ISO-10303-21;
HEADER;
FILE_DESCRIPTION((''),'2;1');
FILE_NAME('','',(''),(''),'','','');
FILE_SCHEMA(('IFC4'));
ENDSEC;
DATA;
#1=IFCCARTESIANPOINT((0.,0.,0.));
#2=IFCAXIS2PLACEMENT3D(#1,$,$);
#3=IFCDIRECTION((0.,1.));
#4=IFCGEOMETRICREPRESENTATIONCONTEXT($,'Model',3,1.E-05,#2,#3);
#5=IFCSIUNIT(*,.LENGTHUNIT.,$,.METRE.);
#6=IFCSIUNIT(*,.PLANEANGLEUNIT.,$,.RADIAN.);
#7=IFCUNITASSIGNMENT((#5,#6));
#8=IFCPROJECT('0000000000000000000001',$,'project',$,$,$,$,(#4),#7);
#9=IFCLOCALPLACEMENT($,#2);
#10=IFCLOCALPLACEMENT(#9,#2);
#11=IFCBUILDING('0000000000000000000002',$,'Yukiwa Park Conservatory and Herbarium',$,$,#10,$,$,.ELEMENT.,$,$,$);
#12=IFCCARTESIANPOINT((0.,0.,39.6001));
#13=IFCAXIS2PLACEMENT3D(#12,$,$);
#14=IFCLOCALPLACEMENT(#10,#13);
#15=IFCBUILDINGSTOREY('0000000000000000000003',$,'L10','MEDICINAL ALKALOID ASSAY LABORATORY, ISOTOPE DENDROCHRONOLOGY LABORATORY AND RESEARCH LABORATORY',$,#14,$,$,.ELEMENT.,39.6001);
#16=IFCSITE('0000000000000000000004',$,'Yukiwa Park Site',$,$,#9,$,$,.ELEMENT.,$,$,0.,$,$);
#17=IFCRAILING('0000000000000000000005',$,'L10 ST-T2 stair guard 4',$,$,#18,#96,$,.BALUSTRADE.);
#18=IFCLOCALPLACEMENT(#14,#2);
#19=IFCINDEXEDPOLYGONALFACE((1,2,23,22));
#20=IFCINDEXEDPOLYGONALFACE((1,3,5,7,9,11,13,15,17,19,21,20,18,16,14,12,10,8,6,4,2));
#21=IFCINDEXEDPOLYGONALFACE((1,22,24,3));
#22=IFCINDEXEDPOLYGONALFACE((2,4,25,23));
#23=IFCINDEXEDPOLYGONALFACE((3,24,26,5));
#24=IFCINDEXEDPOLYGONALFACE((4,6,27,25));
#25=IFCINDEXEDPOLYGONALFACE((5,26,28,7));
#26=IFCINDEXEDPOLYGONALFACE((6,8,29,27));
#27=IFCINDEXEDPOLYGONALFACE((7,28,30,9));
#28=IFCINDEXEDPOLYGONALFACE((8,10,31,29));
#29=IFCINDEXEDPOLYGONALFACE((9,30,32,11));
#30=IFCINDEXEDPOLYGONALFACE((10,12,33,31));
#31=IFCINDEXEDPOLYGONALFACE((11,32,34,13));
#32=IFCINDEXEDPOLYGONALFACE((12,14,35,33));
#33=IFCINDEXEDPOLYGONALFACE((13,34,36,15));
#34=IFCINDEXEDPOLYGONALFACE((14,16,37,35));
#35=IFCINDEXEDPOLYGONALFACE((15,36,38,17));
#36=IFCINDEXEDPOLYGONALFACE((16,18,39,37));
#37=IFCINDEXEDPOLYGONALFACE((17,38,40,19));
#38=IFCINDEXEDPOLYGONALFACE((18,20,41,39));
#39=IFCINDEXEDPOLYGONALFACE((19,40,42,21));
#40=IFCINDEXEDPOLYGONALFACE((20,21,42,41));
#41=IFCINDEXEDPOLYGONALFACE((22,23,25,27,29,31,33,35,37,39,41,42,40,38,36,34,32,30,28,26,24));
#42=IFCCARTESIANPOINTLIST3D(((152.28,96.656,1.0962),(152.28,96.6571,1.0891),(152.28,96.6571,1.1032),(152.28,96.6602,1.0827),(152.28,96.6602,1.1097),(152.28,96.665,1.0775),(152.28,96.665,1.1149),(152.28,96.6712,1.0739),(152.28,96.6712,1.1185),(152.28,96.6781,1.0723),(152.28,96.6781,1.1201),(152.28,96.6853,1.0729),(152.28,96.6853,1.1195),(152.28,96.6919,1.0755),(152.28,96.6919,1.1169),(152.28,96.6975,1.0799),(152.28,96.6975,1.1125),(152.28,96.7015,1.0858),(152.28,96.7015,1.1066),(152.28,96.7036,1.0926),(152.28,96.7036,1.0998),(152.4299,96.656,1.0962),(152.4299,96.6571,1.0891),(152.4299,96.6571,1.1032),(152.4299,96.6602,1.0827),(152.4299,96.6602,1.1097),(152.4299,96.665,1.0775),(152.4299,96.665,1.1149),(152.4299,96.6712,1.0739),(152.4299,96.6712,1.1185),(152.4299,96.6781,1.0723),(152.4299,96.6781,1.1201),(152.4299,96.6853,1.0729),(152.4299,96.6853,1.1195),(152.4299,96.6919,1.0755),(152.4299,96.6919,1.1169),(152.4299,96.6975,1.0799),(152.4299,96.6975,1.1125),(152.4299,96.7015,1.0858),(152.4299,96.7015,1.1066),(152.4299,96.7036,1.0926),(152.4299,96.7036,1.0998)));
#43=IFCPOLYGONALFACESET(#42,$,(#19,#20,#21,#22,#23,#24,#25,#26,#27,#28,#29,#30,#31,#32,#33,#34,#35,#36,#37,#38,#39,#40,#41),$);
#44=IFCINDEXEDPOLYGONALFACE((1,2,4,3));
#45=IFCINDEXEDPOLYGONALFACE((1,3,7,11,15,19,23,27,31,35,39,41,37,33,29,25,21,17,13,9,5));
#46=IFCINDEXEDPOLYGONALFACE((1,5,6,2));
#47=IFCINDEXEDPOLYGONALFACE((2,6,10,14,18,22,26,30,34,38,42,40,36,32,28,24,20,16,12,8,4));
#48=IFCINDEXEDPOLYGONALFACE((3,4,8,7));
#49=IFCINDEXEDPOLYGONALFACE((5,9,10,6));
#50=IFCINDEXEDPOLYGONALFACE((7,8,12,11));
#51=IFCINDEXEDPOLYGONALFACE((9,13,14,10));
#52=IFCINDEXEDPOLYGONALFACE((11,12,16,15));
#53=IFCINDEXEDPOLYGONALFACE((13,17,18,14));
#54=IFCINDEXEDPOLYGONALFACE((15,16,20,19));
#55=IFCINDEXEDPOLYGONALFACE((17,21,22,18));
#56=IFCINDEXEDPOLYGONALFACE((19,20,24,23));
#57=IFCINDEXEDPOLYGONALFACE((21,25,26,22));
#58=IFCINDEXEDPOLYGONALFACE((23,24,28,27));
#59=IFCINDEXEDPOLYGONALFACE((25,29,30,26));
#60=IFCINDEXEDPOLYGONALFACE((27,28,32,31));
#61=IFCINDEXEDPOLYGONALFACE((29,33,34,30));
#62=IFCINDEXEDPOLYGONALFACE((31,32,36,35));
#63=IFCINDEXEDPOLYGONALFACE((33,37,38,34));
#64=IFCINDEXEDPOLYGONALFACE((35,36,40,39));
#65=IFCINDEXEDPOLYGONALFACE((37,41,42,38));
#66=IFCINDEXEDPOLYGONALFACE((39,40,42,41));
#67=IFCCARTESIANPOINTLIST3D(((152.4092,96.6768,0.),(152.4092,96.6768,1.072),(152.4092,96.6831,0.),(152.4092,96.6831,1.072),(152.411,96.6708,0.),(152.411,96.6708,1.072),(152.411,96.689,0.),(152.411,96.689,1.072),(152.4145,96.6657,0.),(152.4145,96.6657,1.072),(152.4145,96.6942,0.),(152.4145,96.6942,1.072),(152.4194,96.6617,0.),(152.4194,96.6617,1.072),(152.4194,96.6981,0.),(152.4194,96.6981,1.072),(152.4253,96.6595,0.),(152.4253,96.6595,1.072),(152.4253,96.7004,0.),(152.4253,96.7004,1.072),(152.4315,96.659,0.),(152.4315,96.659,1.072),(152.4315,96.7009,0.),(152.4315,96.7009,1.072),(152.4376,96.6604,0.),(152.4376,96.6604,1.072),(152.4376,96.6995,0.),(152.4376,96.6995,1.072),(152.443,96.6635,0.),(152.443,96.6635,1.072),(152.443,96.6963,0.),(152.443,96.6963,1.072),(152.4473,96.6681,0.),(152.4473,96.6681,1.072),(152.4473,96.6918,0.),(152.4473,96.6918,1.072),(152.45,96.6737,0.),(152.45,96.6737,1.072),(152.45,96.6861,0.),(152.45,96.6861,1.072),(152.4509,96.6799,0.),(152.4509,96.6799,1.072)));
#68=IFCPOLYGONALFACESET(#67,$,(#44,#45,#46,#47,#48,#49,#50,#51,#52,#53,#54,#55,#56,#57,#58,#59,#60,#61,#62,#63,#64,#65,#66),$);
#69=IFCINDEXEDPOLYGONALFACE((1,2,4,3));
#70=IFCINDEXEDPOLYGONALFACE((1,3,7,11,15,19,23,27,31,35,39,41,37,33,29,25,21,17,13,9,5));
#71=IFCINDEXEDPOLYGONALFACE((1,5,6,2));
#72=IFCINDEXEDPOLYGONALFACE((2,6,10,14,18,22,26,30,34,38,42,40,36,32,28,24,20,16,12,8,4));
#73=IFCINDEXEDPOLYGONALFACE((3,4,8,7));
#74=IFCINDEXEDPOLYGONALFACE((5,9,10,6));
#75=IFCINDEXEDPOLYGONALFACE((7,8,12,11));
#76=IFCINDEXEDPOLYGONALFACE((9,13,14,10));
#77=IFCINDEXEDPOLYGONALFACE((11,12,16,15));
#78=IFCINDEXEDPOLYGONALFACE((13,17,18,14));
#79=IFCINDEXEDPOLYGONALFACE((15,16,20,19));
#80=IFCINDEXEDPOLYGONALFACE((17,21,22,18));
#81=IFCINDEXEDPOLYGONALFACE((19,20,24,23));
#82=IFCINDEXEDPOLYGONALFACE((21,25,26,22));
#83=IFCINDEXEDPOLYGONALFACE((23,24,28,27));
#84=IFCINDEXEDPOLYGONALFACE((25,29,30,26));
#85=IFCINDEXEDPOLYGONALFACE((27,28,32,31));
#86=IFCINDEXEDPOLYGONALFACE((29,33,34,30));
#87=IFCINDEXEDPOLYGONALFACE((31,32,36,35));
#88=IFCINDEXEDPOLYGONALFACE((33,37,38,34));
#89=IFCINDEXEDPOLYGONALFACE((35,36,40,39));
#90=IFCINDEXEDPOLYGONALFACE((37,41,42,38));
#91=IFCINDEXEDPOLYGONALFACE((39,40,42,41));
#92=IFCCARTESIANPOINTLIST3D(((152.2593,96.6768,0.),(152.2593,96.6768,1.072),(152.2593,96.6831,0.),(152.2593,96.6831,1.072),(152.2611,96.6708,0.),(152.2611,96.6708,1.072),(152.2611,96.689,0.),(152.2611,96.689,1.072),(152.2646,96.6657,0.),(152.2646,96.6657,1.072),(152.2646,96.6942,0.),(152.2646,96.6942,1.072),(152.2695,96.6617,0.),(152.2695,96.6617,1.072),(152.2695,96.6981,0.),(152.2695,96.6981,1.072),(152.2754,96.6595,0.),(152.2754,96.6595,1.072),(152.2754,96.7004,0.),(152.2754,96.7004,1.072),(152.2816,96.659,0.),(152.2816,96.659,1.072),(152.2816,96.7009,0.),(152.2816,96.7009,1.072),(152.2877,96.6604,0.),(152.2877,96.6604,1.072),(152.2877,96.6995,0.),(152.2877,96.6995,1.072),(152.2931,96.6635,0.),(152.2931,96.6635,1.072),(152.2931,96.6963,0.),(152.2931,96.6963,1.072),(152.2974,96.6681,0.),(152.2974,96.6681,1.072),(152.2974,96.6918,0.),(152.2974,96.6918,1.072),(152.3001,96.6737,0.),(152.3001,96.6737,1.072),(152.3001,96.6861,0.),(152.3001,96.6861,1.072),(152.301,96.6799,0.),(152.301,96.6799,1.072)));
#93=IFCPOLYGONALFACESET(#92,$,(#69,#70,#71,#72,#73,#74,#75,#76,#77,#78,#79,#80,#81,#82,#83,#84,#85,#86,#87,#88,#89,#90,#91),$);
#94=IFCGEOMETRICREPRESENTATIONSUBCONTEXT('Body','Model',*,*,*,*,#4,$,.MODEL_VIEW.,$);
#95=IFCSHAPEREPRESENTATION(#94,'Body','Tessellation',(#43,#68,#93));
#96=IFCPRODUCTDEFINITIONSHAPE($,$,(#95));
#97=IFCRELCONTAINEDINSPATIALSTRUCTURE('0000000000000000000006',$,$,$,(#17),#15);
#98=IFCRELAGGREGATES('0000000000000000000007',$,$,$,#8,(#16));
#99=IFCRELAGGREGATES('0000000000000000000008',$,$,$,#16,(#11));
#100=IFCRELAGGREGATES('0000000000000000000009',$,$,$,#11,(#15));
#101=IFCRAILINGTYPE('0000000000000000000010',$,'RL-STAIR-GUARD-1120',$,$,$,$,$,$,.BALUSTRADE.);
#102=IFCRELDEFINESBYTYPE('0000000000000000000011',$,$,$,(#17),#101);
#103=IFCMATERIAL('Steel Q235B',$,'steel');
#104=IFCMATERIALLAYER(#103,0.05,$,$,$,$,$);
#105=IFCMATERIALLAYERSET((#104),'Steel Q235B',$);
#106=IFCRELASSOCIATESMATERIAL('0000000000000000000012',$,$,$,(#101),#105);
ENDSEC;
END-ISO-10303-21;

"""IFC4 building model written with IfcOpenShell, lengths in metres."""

from ifc_helpers import new_model, si_unit, direction, frame, origin, origin_2d, place, context, subcontext, project, spatial, circle, extrude, material, layer, layer_set, type_object, element, save


model = new_model("IFC4")

# Units and contexts
model_context = context("Model", 3, precision=1e-05, world=origin(), true_north=direction((0.0, 1.0)))
body_context = subcontext(model_context, "Body", "Model", "MODEL_VIEW")
ifc_project = project(units=[si_unit("LENGTHUNIT", "METRE"), si_unit("PLANEANGLEUNIT", "RADIAN")], contexts=[model_context])

# Site, building, storey
site_placement = place(None, origin())
site = spatial("IfcSite", under=ifc_project, at=site_placement, Name="Yukiwa Park Site", CompositionType="ELEMENT", RefElevation=0.0)
building_placement = place(site_placement, origin())
building = spatial("IfcBuilding", under=site, at=building_placement, Name="Yukiwa Park Conservatory and Herbarium", CompositionType="ELEMENT")
storey_placement = place(building_placement, frame((0.0, 0.0, 39.6001)))
storey = spatial("IfcBuildingStorey", under=building, at=storey_placement, Name="L10", Description="MEDICINAL ALKALOID ASSAY LABORATORY, ISOTOPE DENDROCHRONOLOGY LABORATORY AND RESEARCH LABORATORY", CompositionType="ELEMENT", Elevation=39.6001)

# Railing
ifc_material_1 = material(Name="Steel Q235B", Category="steel")
ifc_layer_1 = layer(ifc_material_1, 0.05)
ifc_layer_set_1 = layer_set([ifc_layer_1], Name="Steel Q235B")
railing_type_1 = type_object("IfcRailingType", Name="RL-STAIR-GUARD-1120", PredefinedType="BALUSTRADE", material=ifc_layer_set_1)
railing_1_placement = place(storey_placement, frame((152.4299, 96.6799, 0.0)))
element("IfcRailing", 1, at=railing_1_placement, inside=storey, type_object=railing_type_1, Name="L10 ST-T2 stair guard 4", PredefinedType="BALUSTRADE", context=body_context, shape_type="SweptSolid", body=[
    extrude(circle(Radius=0.0239, at=origin_2d()), frame((0.0, 0.0, 1.0962), z_axis=(-1.0, 0.0, 0.0), x_axis=(0.0, -1.0, 0.0)), (0.0, 0.0, 1.0), 0.1499),
    extrude(circle(Radius=0.021, at=origin_2d()), origin(), (0.0, 0.0, 1.0), 1.072),
    extrude(circle(Radius=0.021, at=origin_2d()), frame((-0.1499, 0.0, 0.0)), (0.0, 0.0, 1.0), 1.072),
])

save(model, "model.ifc")
